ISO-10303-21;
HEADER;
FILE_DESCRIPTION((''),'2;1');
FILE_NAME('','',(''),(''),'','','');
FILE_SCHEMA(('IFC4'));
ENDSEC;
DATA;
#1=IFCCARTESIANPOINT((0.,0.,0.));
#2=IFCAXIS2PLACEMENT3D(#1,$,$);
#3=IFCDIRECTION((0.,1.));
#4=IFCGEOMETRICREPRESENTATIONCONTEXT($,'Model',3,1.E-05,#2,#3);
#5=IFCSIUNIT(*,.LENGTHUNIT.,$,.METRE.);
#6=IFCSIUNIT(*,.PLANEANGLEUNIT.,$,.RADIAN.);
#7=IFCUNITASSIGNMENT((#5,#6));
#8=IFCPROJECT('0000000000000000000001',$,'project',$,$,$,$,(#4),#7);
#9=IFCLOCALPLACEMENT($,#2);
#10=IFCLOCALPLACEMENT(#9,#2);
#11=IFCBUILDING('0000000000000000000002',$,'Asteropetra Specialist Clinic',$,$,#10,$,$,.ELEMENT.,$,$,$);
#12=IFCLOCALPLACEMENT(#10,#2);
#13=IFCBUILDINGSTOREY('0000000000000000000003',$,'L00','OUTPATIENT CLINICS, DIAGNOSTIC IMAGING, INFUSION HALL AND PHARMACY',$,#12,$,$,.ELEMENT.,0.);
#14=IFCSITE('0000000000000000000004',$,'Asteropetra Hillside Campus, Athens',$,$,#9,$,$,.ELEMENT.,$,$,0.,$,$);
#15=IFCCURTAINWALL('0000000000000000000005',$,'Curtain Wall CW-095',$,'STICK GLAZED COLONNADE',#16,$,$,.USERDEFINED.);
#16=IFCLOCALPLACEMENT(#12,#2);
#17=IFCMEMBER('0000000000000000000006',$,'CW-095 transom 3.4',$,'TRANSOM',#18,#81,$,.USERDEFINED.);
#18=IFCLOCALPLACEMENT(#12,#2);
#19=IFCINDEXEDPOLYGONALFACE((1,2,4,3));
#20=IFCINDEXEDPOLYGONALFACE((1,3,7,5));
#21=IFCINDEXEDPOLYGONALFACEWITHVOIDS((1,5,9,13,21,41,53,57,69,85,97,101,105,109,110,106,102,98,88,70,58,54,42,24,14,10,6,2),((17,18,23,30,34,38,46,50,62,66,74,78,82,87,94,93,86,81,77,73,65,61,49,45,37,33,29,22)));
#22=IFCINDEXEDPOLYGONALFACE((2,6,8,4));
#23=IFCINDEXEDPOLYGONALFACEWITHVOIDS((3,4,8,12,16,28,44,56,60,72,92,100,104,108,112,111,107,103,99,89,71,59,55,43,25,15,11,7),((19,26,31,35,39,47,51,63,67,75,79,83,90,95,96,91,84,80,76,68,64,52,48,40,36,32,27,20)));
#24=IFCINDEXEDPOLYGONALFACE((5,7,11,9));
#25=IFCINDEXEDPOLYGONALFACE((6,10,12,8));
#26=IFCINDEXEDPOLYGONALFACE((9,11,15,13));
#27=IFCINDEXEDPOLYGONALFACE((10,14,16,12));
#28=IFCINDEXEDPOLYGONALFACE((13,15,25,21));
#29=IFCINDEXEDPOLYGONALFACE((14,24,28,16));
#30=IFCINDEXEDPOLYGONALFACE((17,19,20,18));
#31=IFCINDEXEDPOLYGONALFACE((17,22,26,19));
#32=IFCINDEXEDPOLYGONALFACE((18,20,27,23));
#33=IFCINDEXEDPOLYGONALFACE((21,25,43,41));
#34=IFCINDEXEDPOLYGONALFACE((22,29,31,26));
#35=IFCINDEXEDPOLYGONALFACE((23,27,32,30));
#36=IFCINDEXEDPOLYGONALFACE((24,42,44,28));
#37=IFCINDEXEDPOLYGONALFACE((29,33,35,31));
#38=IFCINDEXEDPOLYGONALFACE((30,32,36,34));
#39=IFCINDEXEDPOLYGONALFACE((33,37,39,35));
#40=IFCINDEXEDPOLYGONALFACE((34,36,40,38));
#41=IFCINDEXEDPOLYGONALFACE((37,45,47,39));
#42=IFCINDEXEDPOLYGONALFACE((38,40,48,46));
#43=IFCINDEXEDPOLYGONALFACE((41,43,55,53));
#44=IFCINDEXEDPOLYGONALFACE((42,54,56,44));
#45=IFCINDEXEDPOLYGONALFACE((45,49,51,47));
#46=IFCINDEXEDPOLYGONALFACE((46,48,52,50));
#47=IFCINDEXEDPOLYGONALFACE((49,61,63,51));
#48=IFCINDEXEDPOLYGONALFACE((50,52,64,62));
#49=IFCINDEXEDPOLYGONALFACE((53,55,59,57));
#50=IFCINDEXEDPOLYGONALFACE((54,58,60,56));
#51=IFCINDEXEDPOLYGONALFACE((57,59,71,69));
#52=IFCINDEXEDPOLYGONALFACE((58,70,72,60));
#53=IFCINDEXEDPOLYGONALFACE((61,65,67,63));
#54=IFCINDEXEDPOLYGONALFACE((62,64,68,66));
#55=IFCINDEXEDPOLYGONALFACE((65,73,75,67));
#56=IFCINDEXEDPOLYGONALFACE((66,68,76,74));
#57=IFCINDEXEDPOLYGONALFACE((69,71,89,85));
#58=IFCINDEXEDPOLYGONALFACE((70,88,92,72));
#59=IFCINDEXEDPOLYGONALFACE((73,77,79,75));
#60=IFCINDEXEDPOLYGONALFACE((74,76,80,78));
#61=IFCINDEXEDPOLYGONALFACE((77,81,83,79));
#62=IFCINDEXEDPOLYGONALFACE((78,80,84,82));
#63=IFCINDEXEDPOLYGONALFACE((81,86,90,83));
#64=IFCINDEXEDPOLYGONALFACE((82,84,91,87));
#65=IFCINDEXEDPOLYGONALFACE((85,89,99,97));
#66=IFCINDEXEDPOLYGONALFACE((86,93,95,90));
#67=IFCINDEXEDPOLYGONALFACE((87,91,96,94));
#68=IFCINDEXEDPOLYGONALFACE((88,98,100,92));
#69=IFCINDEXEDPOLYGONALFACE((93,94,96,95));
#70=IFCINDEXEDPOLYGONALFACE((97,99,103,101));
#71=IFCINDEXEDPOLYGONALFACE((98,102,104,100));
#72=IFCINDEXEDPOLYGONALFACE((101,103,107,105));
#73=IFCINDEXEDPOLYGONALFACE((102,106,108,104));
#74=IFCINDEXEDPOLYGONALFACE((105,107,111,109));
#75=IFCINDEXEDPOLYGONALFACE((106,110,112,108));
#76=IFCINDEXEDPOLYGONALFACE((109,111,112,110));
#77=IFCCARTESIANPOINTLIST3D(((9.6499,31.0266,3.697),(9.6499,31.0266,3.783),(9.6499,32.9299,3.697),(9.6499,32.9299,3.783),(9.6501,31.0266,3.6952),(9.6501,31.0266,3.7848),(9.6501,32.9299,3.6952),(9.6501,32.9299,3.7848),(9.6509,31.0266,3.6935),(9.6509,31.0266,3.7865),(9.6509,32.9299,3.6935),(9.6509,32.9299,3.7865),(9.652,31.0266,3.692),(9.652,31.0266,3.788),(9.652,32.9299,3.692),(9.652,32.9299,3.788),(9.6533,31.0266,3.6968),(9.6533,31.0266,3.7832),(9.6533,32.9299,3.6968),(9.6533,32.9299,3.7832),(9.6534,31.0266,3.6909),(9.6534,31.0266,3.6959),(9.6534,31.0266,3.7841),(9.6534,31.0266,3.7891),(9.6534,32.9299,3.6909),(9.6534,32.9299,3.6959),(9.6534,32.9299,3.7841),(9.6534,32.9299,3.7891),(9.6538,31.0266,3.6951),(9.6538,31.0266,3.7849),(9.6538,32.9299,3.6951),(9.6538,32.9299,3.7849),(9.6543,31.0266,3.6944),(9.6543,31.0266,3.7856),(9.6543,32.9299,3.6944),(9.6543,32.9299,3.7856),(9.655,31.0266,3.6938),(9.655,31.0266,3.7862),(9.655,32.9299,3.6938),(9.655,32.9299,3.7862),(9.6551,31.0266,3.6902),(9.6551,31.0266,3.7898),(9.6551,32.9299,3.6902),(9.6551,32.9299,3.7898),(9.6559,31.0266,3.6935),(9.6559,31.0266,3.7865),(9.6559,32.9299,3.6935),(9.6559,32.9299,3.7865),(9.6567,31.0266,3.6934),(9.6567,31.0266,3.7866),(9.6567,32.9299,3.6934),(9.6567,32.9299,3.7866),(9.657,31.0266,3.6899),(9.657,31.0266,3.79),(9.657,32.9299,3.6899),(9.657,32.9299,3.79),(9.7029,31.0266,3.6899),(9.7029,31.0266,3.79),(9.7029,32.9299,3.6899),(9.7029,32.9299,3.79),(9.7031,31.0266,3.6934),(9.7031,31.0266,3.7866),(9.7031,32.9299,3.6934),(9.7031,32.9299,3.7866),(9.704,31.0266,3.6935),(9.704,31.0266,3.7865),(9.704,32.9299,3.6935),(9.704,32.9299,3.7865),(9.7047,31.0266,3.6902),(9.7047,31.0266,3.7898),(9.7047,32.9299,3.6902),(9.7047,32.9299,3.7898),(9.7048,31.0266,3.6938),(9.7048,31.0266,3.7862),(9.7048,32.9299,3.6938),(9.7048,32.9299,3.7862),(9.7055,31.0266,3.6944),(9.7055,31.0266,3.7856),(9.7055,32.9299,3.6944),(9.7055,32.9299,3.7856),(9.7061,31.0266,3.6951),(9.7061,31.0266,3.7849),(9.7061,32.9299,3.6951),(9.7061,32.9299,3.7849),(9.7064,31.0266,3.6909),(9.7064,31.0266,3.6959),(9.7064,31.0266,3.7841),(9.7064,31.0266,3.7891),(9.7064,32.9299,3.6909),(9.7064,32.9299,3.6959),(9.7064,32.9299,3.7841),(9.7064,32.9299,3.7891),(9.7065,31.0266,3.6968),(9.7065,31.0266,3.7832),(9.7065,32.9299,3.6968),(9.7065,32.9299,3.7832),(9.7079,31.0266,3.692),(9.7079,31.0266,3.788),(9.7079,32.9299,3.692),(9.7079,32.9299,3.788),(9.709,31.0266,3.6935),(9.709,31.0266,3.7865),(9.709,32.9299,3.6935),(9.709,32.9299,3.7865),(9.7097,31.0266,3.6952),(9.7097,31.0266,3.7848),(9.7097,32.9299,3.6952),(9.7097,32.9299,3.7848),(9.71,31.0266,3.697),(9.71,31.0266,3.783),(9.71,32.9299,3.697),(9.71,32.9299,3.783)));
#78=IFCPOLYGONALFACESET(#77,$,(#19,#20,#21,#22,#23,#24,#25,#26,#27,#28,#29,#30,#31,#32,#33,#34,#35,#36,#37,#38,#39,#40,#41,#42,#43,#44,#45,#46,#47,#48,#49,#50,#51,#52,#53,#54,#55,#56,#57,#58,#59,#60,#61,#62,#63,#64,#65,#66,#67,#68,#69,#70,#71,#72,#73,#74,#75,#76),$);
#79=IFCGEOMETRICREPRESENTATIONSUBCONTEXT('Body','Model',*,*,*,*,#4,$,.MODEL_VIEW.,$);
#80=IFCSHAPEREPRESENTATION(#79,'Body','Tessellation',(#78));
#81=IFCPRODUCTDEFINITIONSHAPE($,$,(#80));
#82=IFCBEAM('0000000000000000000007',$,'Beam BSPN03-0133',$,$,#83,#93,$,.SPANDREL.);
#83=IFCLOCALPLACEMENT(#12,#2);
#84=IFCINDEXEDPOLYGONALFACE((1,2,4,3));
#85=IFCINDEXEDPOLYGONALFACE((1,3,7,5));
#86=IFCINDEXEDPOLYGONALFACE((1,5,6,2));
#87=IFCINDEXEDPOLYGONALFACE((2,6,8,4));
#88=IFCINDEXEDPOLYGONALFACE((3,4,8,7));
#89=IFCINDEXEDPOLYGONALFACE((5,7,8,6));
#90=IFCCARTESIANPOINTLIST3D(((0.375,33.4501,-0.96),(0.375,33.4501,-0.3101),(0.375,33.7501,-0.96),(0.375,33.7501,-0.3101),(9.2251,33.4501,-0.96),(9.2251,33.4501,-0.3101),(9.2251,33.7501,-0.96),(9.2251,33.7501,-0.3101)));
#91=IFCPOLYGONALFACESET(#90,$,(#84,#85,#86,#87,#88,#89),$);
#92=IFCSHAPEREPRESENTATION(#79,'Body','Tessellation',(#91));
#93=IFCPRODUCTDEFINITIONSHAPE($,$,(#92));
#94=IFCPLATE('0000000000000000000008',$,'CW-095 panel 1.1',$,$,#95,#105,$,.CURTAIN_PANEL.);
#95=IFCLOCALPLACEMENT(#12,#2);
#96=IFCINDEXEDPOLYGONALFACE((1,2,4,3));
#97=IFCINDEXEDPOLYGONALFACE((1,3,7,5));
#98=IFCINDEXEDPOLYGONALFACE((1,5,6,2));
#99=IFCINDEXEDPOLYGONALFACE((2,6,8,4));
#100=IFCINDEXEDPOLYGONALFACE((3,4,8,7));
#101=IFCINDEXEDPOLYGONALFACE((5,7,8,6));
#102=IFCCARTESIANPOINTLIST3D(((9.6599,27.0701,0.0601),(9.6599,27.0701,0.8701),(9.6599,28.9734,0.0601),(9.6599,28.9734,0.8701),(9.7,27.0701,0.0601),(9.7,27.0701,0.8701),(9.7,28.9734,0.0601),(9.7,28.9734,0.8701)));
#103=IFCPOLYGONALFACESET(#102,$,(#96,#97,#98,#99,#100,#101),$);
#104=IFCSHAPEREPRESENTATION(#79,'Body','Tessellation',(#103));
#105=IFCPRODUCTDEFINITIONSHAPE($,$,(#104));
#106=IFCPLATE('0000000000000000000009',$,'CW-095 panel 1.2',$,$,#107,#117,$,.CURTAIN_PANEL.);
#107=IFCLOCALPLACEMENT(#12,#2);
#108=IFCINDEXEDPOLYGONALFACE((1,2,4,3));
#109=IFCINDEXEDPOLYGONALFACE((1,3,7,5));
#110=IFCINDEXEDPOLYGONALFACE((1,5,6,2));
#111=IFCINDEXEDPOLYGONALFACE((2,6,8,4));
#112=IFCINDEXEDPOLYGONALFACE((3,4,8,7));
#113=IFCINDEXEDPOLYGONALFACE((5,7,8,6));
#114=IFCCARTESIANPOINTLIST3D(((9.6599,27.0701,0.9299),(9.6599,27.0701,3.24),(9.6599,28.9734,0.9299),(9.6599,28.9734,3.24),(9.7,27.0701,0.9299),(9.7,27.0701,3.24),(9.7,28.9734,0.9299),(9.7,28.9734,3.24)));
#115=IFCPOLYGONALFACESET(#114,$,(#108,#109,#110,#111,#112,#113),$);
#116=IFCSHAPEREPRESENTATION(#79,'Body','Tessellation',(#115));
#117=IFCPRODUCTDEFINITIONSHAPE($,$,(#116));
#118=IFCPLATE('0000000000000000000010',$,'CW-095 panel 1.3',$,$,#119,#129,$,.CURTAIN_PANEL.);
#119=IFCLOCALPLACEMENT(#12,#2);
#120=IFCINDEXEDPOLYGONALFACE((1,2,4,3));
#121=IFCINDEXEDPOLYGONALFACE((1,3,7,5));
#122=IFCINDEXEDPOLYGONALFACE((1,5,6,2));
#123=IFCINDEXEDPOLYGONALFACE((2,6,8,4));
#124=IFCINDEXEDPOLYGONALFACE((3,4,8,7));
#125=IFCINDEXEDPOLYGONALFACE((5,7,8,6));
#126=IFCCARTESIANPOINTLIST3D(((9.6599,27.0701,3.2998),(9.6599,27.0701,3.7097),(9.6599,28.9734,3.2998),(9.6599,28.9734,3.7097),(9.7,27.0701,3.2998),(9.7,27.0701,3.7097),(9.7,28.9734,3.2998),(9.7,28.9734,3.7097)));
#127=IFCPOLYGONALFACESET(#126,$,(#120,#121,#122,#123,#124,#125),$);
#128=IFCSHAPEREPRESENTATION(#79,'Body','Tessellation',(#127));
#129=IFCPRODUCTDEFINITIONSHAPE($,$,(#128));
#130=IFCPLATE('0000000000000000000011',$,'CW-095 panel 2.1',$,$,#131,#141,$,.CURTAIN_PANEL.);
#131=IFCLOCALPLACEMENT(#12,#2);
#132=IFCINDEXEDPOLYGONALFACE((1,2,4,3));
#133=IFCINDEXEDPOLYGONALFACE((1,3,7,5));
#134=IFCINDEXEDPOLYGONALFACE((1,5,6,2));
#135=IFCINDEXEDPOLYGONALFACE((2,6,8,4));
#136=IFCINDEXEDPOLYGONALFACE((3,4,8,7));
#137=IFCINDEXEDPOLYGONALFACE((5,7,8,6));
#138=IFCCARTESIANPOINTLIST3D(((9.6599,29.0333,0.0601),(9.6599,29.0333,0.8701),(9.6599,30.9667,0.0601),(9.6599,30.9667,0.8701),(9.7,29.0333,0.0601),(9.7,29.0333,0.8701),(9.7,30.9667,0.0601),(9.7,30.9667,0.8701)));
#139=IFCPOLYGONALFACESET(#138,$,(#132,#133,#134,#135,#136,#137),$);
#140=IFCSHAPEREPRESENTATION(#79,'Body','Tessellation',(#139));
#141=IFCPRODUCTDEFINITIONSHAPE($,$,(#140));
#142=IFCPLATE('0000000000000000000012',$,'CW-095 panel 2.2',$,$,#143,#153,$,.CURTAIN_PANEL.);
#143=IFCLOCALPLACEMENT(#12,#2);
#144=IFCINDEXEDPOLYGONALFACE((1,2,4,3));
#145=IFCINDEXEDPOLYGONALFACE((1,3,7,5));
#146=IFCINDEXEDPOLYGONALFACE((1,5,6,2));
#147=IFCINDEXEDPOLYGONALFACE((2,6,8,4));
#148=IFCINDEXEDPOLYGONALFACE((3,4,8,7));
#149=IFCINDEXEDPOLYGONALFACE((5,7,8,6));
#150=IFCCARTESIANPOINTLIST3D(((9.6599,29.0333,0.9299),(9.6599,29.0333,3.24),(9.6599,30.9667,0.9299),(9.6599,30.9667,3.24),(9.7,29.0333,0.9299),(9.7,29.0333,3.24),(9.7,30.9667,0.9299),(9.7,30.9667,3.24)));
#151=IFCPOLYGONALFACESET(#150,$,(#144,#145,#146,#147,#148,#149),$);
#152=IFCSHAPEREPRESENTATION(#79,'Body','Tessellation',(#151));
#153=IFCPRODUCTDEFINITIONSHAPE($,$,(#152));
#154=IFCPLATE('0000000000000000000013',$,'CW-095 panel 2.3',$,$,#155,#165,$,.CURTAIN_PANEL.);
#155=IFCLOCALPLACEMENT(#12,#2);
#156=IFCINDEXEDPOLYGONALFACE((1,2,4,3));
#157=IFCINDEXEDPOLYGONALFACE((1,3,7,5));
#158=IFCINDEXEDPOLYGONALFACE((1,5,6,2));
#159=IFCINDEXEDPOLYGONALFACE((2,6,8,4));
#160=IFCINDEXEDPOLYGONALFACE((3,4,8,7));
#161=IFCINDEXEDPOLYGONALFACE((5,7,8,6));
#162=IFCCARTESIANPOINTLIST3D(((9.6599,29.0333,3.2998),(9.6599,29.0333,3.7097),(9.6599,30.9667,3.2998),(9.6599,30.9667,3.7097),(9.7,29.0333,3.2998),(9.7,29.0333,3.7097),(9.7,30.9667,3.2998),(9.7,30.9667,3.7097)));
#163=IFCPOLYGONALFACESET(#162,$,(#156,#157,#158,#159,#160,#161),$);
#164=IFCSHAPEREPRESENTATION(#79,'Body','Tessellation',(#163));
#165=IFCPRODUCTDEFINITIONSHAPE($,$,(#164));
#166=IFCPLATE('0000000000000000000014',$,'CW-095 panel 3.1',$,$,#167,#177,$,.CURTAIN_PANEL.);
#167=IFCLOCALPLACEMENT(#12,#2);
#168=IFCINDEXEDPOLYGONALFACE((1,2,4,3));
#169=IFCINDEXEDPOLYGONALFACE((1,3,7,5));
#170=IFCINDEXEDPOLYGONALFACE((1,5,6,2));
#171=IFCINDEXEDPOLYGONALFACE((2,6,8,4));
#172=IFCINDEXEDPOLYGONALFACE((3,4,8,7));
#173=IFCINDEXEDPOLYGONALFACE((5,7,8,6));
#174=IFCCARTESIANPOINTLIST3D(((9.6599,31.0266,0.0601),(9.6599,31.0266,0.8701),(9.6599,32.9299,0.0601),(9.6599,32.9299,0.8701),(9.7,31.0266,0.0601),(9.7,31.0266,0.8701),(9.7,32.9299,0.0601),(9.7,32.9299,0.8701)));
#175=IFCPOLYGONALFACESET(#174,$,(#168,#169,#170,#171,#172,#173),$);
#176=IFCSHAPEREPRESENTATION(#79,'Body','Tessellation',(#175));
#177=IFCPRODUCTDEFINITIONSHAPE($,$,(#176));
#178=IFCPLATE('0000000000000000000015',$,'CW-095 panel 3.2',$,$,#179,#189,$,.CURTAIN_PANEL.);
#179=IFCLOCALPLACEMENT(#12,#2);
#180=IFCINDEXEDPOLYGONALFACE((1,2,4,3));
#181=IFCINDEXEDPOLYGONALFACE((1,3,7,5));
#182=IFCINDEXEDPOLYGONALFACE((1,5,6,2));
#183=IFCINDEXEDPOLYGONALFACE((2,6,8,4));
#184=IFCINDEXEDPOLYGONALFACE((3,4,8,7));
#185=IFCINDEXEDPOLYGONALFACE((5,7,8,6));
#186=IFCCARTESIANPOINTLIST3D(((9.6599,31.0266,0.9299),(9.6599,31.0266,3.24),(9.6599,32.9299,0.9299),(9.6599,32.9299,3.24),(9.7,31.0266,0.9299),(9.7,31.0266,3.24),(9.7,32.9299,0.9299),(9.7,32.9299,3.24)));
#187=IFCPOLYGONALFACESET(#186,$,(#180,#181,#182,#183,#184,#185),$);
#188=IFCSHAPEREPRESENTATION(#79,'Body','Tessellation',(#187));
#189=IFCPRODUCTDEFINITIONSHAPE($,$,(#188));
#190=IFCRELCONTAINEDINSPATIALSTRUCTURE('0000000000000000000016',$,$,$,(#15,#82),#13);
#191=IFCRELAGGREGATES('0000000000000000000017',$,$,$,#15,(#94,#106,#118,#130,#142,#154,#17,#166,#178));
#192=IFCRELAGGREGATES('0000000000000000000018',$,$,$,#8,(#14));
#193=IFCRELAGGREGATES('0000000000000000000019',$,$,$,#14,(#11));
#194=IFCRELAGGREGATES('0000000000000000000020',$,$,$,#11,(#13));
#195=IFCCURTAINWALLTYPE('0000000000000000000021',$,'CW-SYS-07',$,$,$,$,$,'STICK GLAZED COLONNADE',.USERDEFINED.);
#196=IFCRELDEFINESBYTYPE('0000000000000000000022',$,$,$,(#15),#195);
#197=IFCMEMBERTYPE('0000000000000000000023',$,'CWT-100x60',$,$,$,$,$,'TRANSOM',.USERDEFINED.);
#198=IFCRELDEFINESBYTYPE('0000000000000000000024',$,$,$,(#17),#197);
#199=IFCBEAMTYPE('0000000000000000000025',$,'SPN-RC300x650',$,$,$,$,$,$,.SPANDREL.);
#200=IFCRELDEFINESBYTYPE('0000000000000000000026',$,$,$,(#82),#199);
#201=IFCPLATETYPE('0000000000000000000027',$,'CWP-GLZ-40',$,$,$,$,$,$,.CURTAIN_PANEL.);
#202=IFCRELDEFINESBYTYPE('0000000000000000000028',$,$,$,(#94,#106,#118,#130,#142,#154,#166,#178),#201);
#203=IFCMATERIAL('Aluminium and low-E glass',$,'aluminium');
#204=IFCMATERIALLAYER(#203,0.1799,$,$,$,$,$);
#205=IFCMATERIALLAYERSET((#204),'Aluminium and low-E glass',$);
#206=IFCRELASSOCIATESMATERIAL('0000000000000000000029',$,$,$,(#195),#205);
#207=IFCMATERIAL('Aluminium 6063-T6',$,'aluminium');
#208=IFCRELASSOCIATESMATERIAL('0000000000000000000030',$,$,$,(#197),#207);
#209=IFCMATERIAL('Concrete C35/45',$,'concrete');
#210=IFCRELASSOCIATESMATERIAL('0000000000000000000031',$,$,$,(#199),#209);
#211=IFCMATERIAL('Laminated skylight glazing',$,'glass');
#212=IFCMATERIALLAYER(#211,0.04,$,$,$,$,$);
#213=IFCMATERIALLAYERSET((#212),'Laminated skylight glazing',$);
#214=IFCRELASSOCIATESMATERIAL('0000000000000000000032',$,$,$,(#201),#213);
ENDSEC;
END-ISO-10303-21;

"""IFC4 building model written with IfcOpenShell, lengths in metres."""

from ifc_helpers import new_model, si_unit, direction, frame, origin, origin_2d, place, context, subcontext, project, spatial, rectangle, hollow_rectangle, extrude, material, layer, layer_set, material_profile, profile_set, type_object, element, aggregate, save


model = new_model("IFC4")

# Units and contexts
model_context = context("Model", 3, precision=1e-05, world=origin(), true_north=direction((0.0, 1.0)))
body_context = subcontext(model_context, "Body", "Model", "MODEL_VIEW")
ifc_project = project(units=[si_unit("LENGTHUNIT", "METRE"), si_unit("PLANEANGLEUNIT", "RADIAN")], contexts=[model_context])

# Site, building, storey
site_placement = place(None, origin())
site = spatial("IfcSite", under=ifc_project, at=site_placement, Name="Asteropetra Hillside Campus, Athens", CompositionType="ELEMENT", RefElevation=0.0)
building_placement = place(site_placement, origin())
building = spatial("IfcBuilding", under=site, at=building_placement, Name="Asteropetra Specialist Clinic", CompositionType="ELEMENT")
storey_placement = place(building_placement, origin())
storey = spatial("IfcBuildingStorey", under=building, at=storey_placement, Name="L00", Description="OUTPATIENT CLINICS, DIAGNOSTIC IMAGING, INFUSION HALL AND PHARMACY", CompositionType="ELEMENT", Elevation=0.0)

# Curtain wall, member
ifc_material_1 = material(Name="Aluminium and low-E glass", Category="aluminium")
ifc_layer_1 = layer(ifc_material_1, 0.1799)
ifc_layer_set_1 = layer_set([ifc_layer_1], Name="Aluminium and low-E glass")
curtain_wall_type = type_object("IfcCurtainWallType", Name="CW-SYS-07", ElementType="STICK GLAZED COLONNADE", PredefinedType="USERDEFINED", material=ifc_layer_set_1)
curtain_wall_placement = place(storey_placement, origin())
curtain_wall = element("IfcCurtainWall", 1, at=curtain_wall_placement, inside=storey, type_object=curtain_wall_type, Name="Curtain Wall CW-095", ObjectType="STICK GLAZED COLONNADE", PredefinedType="USERDEFINED")
ifc_material_2 = material(Name="Aluminium 6063-T6", Category="aluminium")
ifc_material_profile_1 = material_profile(ifc_material_2, hollow_rectangle(XDim=0.0601, YDim=0.1001, WallThickness=0.0034, InnerFilletRadius=0.0034, OuterFilletRadius=0.0071, at=origin_2d()), Name="TRN 100x60x3.5")
ifc_profile_set_1 = profile_set([ifc_material_profile_1], Name="Aluminium 6063-T6")
member_type_1 = type_object("IfcMemberType", Name="CWT-100x60", ElementType="TRANSOM", PredefinedType="USERDEFINED", material=ifc_profile_set_1)
member_1_placement = place(storey_placement, frame((9.6799, 31.0266, 3.74), z_axis=(0.0, 1.0, 0.0), x_axis=(-1.0, 0.0, 0.0)))
member_1 = element("IfcMember", 2, at=member_1_placement, type_object=member_type_1, Name="CW-095 transom 3.4", ObjectType="TRANSOM", PredefinedType="USERDEFINED", context=body_context, shape_type="SweptSolid", body=[
    extrude(hollow_rectangle(XDim=0.0601, YDim=0.1001, WallThickness=0.0034, InnerFilletRadius=0.0034, OuterFilletRadius=0.0071, at=origin_2d()), origin(), (0.0, 0.0, 1.0), 1.9033),
])

# Beam
ifc_material_3 = material(Name="Concrete C35/45", Category="concrete")
ifc_material_profile_2 = material_profile(ifc_material_3, rectangle(XDim=0.3, YDim=0.6499, at=origin_2d()), Name="RCS 300x650")
ifc_profile_set_2 = profile_set([ifc_material_profile_2], Name="Concrete C35/45")
beam_type = type_object("IfcBeamType", Name="SPN-RC300x650", PredefinedType="SPANDREL", material=ifc_profile_set_2)
beam_placement = place(storey_placement, frame((0.375, 33.6001, -0.635), z_axis=(1.0, 0.0, 0.0), x_axis=(0.0, 1.0, 0.0)))
element("IfcBeam", 3, at=beam_placement, inside=storey, type_object=beam_type, Name="Beam BSPN03-0133", PredefinedType="SPANDREL", context=body_context, shape_type="SweptSolid", body=[
    extrude(rectangle(XDim=0.3, YDim=0.6499, at=origin_2d()), origin(), (0.0, 0.0, 1.0), 8.8501),
])

# Plates
ifc_material_4 = material(Name="Laminated skylight glazing", Category="glass")
ifc_layer_2 = layer(ifc_material_4, 0.04)
ifc_layer_set_2 = layer_set([ifc_layer_2], Name="Laminated skylight glazing")
plate_type = type_object("IfcPlateType", Name="CWP-GLZ-40", PredefinedType="CURTAIN_PANEL", material=ifc_layer_set_2)
plate_1_placement = place(storey_placement, frame((9.6799, 28.0217, 0.0601), z_axis=(0.0, 0.0, 1.0), x_axis=(0.0, 1.0, 0.0)))
plate_1 = element("IfcPlate", 4, at=plate_1_placement, type_object=plate_type, Name="CW-095 panel 1.1", PredefinedType="CURTAIN_PANEL", context=body_context, shape_type="SweptSolid", body=[
    extrude(rectangle(XDim=1.9033, YDim=0.04, at=origin_2d()), origin(), (0.0, 0.0, 1.0), 0.8101),
])
plate_2_placement = place(storey_placement, frame((9.6799, 28.0217, 0.9299), z_axis=(0.0, 0.0, 1.0), x_axis=(0.0, 1.0, 0.0)))
plate_2 = element("IfcPlate", 5, at=plate_2_placement, type_object=plate_type, Name="CW-095 panel 1.2", PredefinedType="CURTAIN_PANEL", context=body_context, shape_type="SweptSolid", body=[
    extrude(rectangle(XDim=1.9033, YDim=0.04, at=origin_2d()), origin(), (0.0, 0.0, 1.0), 2.3101),
])
plate_3_placement = place(storey_placement, frame((9.6799, 28.0217, 3.2998), z_axis=(0.0, 0.0, 1.0), x_axis=(0.0, 1.0, 0.0)))
plate_3 = element("IfcPlate", 6, at=plate_3_placement, type_object=plate_type, Name="CW-095 panel 1.3", PredefinedType="CURTAIN_PANEL", context=body_context, shape_type="SweptSolid", body=[
    extrude(rectangle(XDim=1.9033, YDim=0.04, at=origin_2d()), origin(), (0.0, 0.0, 1.0), 0.4099),
])
plate_4_placement = place(storey_placement, frame((9.6799, 30.0, 0.0601), z_axis=(0.0, 0.0, 1.0), x_axis=(0.0, 1.0, 0.0)))
plate_4 = element("IfcPlate", 7, at=plate_4_placement, type_object=plate_type, Name="CW-095 panel 2.1", PredefinedType="CURTAIN_PANEL", context=body_context, shape_type="SweptSolid", body=[
    extrude(rectangle(XDim=1.9333, YDim=0.04, at=origin_2d()), origin(), (0.0, 0.0, 1.0), 0.8101),
])
plate_5_placement = place(storey_placement, frame((9.6799, 30.0, 0.9299), z_axis=(0.0, 0.0, 1.0), x_axis=(0.0, 1.0, 0.0)))
plate_5 = element("IfcPlate", 8, at=plate_5_placement, type_object=plate_type, Name="CW-095 panel 2.2", PredefinedType="CURTAIN_PANEL", context=body_context, shape_type="SweptSolid", body=[
    extrude(rectangle(XDim=1.9333, YDim=0.04, at=origin_2d()), origin(), (0.0, 0.0, 1.0), 2.3101),
])
plate_6_placement = place(storey_placement, frame((9.6799, 30.0, 3.2998), z_axis=(0.0, 0.0, 1.0), x_axis=(0.0, 1.0, 0.0)))
plate_6 = element("IfcPlate", 9, at=plate_6_placement, type_object=plate_type, Name="CW-095 panel 2.3", PredefinedType="CURTAIN_PANEL", context=body_context, shape_type="SweptSolid", body=[
    extrude(rectangle(XDim=1.9333, YDim=0.04, at=origin_2d()), origin(), (0.0, 0.0, 1.0), 0.4099),
])
plate_7_placement = place(storey_placement, frame((9.6799, 31.9783, 0.0601), z_axis=(0.0, 0.0, 1.0), x_axis=(0.0, 1.0, 0.0)))
plate_7 = element("IfcPlate", 10, at=plate_7_placement, type_object=plate_type, Name="CW-095 panel 3.1", PredefinedType="CURTAIN_PANEL", context=body_context, shape_type="SweptSolid", body=[
    extrude(rectangle(XDim=1.9033, YDim=0.04, at=origin_2d()), origin(), (0.0, 0.0, 1.0), 0.8101),
])
plate_8_placement = place(storey_placement, frame((9.6799, 31.9783, 0.9299), z_axis=(0.0, 0.0, 1.0), x_axis=(0.0, 1.0, 0.0)))
plate_8 = element("IfcPlate", 11, at=plate_8_placement, type_object=plate_type, Name="CW-095 panel 3.2", PredefinedType="CURTAIN_PANEL", context=body_context, shape_type="SweptSolid", body=[
    extrude(rectangle(XDim=1.9033, YDim=0.04, at=origin_2d()), origin(), (0.0, 0.0, 1.0), 2.3101),
])
aggregate(curtain_wall, [plate_1, plate_2, plate_3, plate_4, plate_5, plate_6, member_1, plate_7, plate_8])

save(model, "model.ifc")
